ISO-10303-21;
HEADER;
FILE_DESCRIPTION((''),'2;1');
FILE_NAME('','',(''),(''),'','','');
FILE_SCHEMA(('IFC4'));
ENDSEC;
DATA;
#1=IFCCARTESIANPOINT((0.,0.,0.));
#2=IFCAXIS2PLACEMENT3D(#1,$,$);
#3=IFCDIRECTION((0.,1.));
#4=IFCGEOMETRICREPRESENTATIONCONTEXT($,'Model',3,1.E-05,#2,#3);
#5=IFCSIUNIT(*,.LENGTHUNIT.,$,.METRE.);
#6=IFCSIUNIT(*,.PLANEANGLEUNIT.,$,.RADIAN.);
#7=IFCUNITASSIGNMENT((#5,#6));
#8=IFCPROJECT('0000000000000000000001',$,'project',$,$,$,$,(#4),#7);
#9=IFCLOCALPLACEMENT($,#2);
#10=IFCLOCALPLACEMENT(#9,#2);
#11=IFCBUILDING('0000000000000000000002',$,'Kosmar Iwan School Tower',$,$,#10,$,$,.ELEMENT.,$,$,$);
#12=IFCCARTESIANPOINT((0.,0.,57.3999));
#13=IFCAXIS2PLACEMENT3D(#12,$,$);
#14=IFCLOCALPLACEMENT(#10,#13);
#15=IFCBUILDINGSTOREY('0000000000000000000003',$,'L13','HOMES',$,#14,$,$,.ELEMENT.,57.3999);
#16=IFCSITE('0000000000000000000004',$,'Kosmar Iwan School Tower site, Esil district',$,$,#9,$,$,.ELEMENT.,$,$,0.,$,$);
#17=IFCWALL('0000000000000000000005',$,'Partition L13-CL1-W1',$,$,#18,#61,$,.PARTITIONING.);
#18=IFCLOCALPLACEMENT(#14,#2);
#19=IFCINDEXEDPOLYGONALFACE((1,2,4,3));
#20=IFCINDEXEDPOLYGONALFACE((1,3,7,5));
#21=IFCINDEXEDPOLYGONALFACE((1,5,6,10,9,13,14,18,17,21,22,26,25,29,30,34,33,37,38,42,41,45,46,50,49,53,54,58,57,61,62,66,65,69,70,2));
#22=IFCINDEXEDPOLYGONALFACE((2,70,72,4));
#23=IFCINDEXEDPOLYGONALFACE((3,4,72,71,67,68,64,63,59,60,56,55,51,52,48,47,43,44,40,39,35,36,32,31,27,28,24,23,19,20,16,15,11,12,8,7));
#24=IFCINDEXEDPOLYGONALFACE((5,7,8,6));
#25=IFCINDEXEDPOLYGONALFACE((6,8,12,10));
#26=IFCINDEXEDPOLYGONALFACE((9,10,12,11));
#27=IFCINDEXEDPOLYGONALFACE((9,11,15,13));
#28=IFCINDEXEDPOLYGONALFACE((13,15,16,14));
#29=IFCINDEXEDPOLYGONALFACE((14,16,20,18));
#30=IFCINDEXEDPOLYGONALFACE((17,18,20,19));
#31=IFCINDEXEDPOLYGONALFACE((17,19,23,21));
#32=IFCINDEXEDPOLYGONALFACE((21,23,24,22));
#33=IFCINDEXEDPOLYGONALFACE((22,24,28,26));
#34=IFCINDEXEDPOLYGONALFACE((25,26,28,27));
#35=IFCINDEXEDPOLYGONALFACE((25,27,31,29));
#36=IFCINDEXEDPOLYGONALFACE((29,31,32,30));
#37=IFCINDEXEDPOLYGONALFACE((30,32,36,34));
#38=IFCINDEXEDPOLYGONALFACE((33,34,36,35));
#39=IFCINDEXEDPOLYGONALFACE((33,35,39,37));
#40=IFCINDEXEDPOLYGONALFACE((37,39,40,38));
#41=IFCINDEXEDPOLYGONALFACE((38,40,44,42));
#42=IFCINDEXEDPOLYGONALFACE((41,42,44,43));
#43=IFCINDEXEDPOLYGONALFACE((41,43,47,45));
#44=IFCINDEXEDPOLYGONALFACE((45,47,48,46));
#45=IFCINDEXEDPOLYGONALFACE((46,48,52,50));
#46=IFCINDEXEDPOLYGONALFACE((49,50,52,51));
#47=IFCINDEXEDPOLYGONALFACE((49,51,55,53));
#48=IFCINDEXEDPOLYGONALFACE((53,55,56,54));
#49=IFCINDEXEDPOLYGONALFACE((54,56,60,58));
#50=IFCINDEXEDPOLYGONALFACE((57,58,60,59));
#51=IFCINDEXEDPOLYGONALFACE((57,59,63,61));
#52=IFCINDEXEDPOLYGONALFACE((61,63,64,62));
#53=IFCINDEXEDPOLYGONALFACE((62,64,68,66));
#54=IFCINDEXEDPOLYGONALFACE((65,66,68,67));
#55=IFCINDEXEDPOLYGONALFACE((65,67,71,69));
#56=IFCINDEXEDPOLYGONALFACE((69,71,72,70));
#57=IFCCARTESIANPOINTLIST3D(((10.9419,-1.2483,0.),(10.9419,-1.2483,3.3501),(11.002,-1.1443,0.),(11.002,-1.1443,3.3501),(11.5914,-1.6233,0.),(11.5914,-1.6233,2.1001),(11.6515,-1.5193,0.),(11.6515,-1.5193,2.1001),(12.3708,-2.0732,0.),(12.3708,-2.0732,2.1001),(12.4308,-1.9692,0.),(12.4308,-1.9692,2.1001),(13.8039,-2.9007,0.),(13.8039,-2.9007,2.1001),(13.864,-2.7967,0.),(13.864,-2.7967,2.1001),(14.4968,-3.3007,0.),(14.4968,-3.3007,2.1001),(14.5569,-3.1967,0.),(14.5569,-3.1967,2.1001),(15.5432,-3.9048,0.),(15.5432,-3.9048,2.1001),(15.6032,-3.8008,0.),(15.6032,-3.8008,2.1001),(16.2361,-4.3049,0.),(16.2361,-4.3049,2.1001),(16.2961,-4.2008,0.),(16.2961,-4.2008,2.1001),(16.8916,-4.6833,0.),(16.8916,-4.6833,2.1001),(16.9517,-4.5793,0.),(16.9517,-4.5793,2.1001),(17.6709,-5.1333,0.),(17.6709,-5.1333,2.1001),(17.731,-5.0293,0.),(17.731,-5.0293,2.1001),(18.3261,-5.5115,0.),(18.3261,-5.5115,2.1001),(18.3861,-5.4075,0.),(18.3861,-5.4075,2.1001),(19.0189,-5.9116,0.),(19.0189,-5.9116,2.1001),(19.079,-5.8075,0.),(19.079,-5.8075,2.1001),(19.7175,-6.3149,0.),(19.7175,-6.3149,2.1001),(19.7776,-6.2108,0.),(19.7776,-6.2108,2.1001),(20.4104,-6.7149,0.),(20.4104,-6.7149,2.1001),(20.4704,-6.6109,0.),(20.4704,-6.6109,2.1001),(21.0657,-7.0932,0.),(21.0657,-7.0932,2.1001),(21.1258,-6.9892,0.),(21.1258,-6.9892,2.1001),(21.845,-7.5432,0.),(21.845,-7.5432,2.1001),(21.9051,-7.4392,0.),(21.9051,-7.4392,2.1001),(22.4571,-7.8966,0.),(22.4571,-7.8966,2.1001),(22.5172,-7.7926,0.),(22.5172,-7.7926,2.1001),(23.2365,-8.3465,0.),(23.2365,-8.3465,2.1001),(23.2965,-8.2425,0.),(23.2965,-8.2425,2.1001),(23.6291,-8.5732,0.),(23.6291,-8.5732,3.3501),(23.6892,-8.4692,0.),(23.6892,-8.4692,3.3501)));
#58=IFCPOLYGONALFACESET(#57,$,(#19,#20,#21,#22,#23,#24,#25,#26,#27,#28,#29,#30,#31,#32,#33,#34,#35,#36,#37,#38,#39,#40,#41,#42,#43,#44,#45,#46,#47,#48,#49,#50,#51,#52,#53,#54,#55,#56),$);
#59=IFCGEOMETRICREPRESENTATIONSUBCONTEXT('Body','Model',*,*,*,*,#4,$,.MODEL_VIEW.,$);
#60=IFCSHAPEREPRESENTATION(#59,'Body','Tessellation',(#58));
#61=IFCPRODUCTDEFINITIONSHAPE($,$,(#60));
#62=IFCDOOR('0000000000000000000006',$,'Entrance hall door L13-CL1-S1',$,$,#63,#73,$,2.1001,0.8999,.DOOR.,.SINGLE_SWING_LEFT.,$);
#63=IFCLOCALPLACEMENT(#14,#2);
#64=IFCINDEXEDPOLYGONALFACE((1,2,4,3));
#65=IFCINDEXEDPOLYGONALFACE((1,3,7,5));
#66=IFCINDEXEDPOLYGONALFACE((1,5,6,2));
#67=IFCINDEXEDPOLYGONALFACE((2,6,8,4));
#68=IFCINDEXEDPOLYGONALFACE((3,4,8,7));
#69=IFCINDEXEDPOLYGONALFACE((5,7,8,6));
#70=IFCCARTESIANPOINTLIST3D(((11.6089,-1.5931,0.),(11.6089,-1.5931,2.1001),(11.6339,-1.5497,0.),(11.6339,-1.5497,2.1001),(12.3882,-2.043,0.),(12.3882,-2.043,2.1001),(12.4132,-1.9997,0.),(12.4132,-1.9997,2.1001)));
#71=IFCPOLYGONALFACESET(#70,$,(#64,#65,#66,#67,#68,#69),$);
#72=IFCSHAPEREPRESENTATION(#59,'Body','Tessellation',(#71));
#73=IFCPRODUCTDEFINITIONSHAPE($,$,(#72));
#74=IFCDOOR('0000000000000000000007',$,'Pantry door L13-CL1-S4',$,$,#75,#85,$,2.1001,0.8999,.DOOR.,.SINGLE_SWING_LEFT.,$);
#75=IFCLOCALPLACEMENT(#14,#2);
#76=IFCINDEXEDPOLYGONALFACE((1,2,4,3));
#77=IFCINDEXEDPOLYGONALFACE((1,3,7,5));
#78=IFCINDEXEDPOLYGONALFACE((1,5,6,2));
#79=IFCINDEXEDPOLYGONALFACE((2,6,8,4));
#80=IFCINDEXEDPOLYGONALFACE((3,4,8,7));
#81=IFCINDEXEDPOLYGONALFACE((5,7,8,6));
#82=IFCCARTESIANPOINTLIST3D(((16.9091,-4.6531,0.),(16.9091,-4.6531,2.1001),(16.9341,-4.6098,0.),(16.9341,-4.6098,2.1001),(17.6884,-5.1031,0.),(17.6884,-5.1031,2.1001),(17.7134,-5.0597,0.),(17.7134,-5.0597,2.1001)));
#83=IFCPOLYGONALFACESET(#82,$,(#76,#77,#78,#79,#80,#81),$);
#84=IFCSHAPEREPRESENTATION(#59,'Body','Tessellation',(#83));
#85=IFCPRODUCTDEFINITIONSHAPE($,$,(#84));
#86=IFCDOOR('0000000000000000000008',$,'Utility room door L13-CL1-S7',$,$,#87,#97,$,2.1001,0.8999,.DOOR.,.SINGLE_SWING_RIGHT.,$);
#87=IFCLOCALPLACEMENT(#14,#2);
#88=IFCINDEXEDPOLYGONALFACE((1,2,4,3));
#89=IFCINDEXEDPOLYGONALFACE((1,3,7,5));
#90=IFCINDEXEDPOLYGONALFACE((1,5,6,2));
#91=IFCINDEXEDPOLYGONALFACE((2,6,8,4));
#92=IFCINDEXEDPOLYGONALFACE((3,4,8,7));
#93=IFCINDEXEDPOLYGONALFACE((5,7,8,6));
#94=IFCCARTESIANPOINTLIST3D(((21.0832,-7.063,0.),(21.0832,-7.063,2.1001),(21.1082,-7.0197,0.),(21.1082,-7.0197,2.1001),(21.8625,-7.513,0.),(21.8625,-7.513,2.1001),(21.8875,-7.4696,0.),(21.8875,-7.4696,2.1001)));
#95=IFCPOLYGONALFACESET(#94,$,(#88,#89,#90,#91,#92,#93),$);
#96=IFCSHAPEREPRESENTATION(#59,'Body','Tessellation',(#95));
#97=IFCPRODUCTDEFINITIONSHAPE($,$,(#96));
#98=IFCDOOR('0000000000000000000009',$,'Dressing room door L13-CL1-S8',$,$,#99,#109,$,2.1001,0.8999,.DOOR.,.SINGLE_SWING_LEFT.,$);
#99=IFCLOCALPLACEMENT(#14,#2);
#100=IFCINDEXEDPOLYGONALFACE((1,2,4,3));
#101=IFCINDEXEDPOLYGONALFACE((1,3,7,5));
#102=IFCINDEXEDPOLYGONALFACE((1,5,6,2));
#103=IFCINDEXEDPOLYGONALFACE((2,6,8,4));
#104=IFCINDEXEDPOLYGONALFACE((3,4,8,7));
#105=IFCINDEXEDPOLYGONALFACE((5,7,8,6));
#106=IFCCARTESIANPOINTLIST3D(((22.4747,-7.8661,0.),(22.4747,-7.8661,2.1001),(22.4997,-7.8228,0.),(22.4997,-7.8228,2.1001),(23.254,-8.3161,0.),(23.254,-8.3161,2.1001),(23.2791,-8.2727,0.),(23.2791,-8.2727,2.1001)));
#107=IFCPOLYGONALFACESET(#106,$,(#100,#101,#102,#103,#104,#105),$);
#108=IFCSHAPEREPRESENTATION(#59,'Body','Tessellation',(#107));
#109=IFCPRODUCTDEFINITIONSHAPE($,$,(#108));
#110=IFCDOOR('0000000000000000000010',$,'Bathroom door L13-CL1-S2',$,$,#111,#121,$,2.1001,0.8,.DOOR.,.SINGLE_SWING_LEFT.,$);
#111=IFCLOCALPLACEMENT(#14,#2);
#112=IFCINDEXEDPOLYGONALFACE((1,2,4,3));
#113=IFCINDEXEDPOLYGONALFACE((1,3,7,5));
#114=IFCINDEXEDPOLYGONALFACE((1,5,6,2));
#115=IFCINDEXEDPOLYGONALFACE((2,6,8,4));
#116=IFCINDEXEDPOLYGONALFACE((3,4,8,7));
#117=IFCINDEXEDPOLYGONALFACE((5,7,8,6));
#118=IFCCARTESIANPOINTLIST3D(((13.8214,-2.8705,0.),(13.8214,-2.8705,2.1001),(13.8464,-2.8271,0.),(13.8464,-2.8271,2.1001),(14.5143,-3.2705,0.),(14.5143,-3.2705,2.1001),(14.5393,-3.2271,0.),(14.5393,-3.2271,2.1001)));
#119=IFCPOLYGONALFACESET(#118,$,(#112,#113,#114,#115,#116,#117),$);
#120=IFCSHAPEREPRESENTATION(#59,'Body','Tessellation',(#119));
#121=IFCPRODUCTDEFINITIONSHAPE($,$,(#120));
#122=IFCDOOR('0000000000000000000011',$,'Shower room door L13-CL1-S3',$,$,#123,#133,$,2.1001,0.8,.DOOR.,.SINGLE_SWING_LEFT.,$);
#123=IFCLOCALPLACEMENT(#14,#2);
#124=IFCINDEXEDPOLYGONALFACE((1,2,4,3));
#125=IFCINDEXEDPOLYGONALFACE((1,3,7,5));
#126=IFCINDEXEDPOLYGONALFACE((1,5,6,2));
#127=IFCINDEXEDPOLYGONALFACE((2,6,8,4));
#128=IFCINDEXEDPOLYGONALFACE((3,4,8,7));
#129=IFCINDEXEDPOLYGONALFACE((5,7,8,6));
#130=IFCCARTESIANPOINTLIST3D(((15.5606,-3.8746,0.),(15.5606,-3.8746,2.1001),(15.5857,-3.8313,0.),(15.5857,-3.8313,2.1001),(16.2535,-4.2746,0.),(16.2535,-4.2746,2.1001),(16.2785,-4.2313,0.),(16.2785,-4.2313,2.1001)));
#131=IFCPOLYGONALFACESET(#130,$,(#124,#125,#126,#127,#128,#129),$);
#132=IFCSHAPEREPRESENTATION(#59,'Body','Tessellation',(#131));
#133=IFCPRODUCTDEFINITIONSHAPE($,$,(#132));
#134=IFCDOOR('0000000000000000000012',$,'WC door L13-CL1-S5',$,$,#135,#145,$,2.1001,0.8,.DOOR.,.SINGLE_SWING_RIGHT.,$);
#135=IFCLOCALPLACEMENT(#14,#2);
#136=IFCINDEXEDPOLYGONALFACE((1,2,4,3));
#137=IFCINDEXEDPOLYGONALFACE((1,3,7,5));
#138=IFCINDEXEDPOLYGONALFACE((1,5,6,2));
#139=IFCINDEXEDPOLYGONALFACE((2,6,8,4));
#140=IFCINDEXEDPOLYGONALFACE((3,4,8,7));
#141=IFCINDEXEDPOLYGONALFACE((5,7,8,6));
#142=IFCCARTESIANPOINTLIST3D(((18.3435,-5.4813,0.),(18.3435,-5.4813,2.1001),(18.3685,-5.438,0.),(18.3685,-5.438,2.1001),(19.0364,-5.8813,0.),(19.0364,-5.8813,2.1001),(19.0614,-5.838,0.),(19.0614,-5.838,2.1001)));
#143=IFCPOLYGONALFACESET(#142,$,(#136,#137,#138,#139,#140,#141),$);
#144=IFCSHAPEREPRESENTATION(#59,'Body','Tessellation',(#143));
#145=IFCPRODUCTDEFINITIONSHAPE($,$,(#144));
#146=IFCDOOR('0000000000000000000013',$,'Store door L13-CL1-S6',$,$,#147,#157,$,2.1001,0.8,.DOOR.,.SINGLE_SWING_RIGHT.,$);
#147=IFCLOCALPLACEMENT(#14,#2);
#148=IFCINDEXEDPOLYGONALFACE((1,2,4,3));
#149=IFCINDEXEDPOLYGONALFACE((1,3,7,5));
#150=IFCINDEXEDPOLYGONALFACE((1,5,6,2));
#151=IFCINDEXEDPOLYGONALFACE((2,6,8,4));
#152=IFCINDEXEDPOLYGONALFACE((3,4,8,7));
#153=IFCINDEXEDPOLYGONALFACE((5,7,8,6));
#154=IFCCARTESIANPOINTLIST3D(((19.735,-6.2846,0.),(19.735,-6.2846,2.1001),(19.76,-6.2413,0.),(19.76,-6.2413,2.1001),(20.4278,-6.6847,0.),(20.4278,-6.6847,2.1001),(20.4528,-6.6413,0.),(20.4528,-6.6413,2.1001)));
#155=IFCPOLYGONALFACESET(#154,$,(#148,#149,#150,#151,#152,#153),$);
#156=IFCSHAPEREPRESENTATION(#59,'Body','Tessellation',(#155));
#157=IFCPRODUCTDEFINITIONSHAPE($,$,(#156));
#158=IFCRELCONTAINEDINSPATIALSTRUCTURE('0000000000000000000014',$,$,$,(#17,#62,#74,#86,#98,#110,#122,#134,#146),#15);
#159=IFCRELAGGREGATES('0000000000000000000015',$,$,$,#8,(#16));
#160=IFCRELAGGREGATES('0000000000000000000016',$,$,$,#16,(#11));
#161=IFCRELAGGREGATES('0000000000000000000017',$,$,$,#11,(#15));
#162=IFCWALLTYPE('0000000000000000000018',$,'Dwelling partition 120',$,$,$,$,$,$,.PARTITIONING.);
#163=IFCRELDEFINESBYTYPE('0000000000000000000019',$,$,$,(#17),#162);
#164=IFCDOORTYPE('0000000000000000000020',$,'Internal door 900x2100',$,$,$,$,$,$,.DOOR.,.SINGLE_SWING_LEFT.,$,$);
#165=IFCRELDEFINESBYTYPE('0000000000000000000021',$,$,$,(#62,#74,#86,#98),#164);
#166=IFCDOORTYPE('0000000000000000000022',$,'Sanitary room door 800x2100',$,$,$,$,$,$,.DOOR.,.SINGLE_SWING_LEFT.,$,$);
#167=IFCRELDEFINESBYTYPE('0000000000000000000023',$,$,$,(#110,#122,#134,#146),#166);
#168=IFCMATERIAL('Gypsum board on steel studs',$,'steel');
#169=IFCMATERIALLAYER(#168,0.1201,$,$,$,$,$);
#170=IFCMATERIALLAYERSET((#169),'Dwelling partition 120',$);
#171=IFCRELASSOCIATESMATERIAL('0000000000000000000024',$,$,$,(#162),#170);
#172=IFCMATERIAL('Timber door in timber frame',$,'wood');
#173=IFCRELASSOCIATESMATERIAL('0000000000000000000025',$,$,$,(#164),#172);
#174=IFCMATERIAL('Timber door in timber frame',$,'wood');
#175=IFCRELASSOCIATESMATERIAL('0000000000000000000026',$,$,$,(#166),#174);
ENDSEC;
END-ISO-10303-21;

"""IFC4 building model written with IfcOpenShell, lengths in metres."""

from ifc_helpers import new_model, si_unit, direction, frame, frame_2d, origin, place, context, subcontext, project, spatial, rectangle, extrude, material, layer, layer_set, type_object, element, fill, save


model = new_model("IFC4")

# Units and contexts
model_context = context("Model", 3, precision=1e-05, world=origin(), true_north=direction((0.0, 1.0)))
body_context = subcontext(model_context, "Body", "Model", "MODEL_VIEW")
ifc_project = project(units=[si_unit("LENGTHUNIT", "METRE"), si_unit("PLANEANGLEUNIT", "RADIAN")], contexts=[model_context])

# Site, building, storey
site_placement = place(None, origin())
site = spatial("IfcSite", under=ifc_project, at=site_placement, Name="Kosmar Iwan School Tower site, Esil district", CompositionType="ELEMENT", RefElevation=0.0)
building_placement = place(site_placement, origin())
building = spatial("IfcBuilding", under=site, at=building_placement, Name="Kosmar Iwan School Tower", CompositionType="ELEMENT")
storey_placement = place(building_placement, frame((0.0, 0.0, 57.3999)))
storey = spatial("IfcBuildingStorey", under=building, at=storey_placement, Name="L13", Description="HOMES", CompositionType="ELEMENT", Elevation=57.3999)

# Wall, openings, doors
ifc_material_1 = material(Name="Gypsum board on steel studs", Category="steel")
ifc_layer_1 = layer(ifc_material_1, 0.1201)
ifc_layer_set_1 = layer_set([ifc_layer_1], Name="Dwelling partition 120")
wall_type_1 = type_object("IfcWallType", Name="Dwelling partition 120", PredefinedType="PARTITIONING", material=ifc_layer_set_1)
wall_1_placement = place(storey_placement, frame((10.9719, -1.1963, 0.0), z_axis=(0.0, 0.0, 1.0), x_axis=(0.866027, -0.499998, 0.0)))
wall_1 = element("IfcWall", 1, at=wall_1_placement, inside=storey, type_object=wall_type_1, Name="Partition L13-CL1-W1", PredefinedType="PARTITIONING", context=body_context, shape_type="SweptSolid", body=[
    extrude(rectangle(XDim=14.6499, YDim=0.1201, at=frame_2d((7.325, 0.0))), origin(), (0.0, 0.0, 1.0), 3.3501),
])
opening_1_placement = place(wall_1_placement, frame((0.75, 0.0, 0.0)))
opening_1 = element("IfcOpeningElement", 2, at=opening_1_placement, cuts=wall_1, PredefinedType="OPENING", context=body_context, shape_type="SweptSolid", body=[
    extrude(rectangle(XDim=0.8999, YDim=2.1001, at=frame_2d((0.45, 1.05))), frame((0.0, 0.072, 0.0), z_axis=(0.0, -1.0, 0.0), x_axis=(1.0, 0.0, 0.0)), (0.0, 0.0, 1.0), 0.144),
])
opening_2_placement = place(wall_1_placement, frame((3.3049, 0.0, 0.0)))
opening_2 = element("IfcOpeningElement", 3, at=opening_2_placement, cuts=wall_1, PredefinedType="OPENING", context=body_context, shape_type="SweptSolid", body=[
    extrude(rectangle(XDim=0.8, YDim=2.1001, at=frame_2d((0.3999, 1.05))), frame((0.0, 0.072, 0.0), z_axis=(0.0, -1.0, 0.0), x_axis=(1.0, 0.0, 0.0)), (0.0, 0.0, 1.0), 0.144),
])
opening_3_placement = place(wall_1_placement, frame((5.3132, 0.0, 0.0)))
opening_3 = element("IfcOpeningElement", 4, at=opening_3_placement, cuts=wall_1, PredefinedType="OPENING", context=body_context, shape_type="SweptSolid", body=[
    extrude(rectangle(XDim=0.8, YDim=2.1001, at=frame_2d((0.3999, 1.05))), frame((0.0, 0.072, 0.0), z_axis=(0.0, -1.0, 0.0), x_axis=(1.0, 0.0, 0.0)), (0.0, 0.0, 1.0), 0.144),
])
opening_4_placement = place(wall_1_placement, frame((6.8701, 0.0, 0.0)))
opening_4 = element("IfcOpeningElement", 5, at=opening_4_placement, cuts=wall_1, PredefinedType="OPENING", context=body_context, shape_type="SweptSolid", body=[
    extrude(rectangle(XDim=0.8999, YDim=2.1001, at=frame_2d((0.45, 1.05))), frame((0.0, 0.072, 0.0), z_axis=(0.0, -1.0, 0.0), x_axis=(1.0, 0.0, 0.0)), (0.0, 0.0, 1.0), 0.144),
])
opening_5_placement = place(wall_1_placement, frame((8.5266, 0.0, 0.0)))
opening_5 = element("IfcOpeningElement", 6, at=opening_5_placement, cuts=wall_1, PredefinedType="OPENING", context=body_context, shape_type="SweptSolid", body=[
    extrude(rectangle(XDim=0.8, YDim=2.1001, at=frame_2d((0.3999, 1.05))), frame((0.0, 0.072, 0.0), z_axis=(0.0, -1.0, 0.0), x_axis=(1.0, 0.0, 0.0)), (0.0, 0.0, 1.0), 0.144),
])
opening_6_placement = place(wall_1_placement, frame((10.1333, 0.0, 0.0)))
opening_6 = element("IfcOpeningElement", 7, at=opening_6_placement, cuts=wall_1, PredefinedType="OPENING", context=body_context, shape_type="SweptSolid", body=[
    extrude(rectangle(XDim=0.8, YDim=2.1001, at=frame_2d((0.3999, 1.05))), frame((0.0, 0.072, 0.0), z_axis=(0.0, -1.0, 0.0), x_axis=(1.0, 0.0, 0.0)), (0.0, 0.0, 1.0), 0.144),
])
opening_7_placement = place(wall_1_placement, frame((11.6899, 0.0, 0.0)))
opening_7 = element("IfcOpeningElement", 8, at=opening_7_placement, cuts=wall_1, PredefinedType="OPENING", context=body_context, shape_type="SweptSolid", body=[
    extrude(rectangle(XDim=0.8999, YDim=2.1001, at=frame_2d((0.45, 1.05))), frame((0.0, 0.072, 0.0), z_axis=(0.0, -1.0, 0.0), x_axis=(1.0, 0.0, 0.0)), (0.0, 0.0, 1.0), 0.144),
])
opening_8_placement = place(wall_1_placement, frame((13.2966, 0.0, 0.0)))
opening_8 = element("IfcOpeningElement", 9, at=opening_8_placement, cuts=wall_1, PredefinedType="OPENING", context=body_context, shape_type="SweptSolid", body=[
    extrude(rectangle(XDim=0.8999, YDim=2.1001, at=frame_2d((0.45, 1.05))), frame((0.0, 0.072, 0.0), z_axis=(0.0, -1.0, 0.0), x_axis=(1.0, 0.0, 0.0)), (0.0, 0.0, 1.0), 0.144),
])
ifc_material_2 = material(Name="Timber door in timber frame", Category="wood")
door_type_1 = type_object("IfcDoorType", Name="Internal door 900x2100", OperationType="SINGLE_SWING_LEFT", PredefinedType="DOOR", material=ifc_material_2)
door_1_placement = place(opening_1_placement, origin())
door_1 = element("IfcDoor", 10, at=door_1_placement, inside=storey, type_object=door_type_1, Name="Entrance hall door L13-CL1-S1", OperationType="SINGLE_SWING_LEFT", OverallHeight=2.1001, OverallWidth=0.8999, PredefinedType="DOOR", context=body_context, shape_type="SweptSolid", body=[
    extrude(rectangle(XDim=0.8999, YDim=2.1001, at=frame_2d((0.45, 1.05))), frame((0.0, 0.0249, 0.0), z_axis=(0.0, -1.0, 0.0), x_axis=(1.0, 0.0, 0.0)), (0.0, 0.0, 1.0), 0.05),
])
fill(opening_1, door_1)
door_2_placement = place(opening_4_placement, origin())
door_2 = element("IfcDoor", 11, at=door_2_placement, inside=storey, type_object=door_type_1, Name="Pantry door L13-CL1-S4", OperationType="SINGLE_SWING_LEFT", OverallHeight=2.1001, OverallWidth=0.8999, PredefinedType="DOOR", context=body_context, shape_type="SweptSolid", body=[
    extrude(rectangle(XDim=0.8999, YDim=2.1001, at=frame_2d((0.45, 1.05))), frame((0.0, 0.0249, 0.0), z_axis=(0.0, -1.0, 0.0), x_axis=(1.0, 0.0, 0.0)), (0.0, 0.0, 1.0), 0.05),
])
fill(opening_4, door_2)
door_3_placement = place(opening_7_placement, origin())
door_3 = element("IfcDoor", 12, at=door_3_placement, inside=storey, type_object=door_type_1, Name="Utility room door L13-CL1-S7", OperationType="SINGLE_SWING_RIGHT", OverallHeight=2.1001, OverallWidth=0.8999, PredefinedType="DOOR", context=body_context, shape_type="SweptSolid", body=[
    extrude(rectangle(XDim=0.8999, YDim=2.1001, at=frame_2d((0.45, 1.05))), frame((0.0, 0.0249, 0.0), z_axis=(0.0, -1.0, 0.0), x_axis=(1.0, 0.0, 0.0)), (0.0, 0.0, 1.0), 0.05),
])
fill(opening_7, door_3)
door_4_placement = place(opening_8_placement, frame((0.8999, 0.0, 0.0), z_axis=(0.0, 0.0, 1.0), x_axis=(-1.0, 0.0, 0.0)))
door_4 = element("IfcDoor", 13, at=door_4_placement, inside=storey, type_object=door_type_1, Name="Dressing room door L13-CL1-S8", OperationType="SINGLE_SWING_LEFT", OverallHeight=2.1001, OverallWidth=0.8999, PredefinedType="DOOR", context=body_context, shape_type="SweptSolid", body=[
    extrude(rectangle(XDim=0.8999, YDim=2.1001, at=frame_2d((0.45, 1.05))), frame((0.0, 0.0249, 0.0), z_axis=(0.0, -1.0, 0.0), x_axis=(1.0, 0.0, 0.0)), (0.0, 0.0, 1.0), 0.05),
])
fill(opening_8, door_4)
ifc_material_3 = material(Name="Timber door in timber frame", Category="wood")
door_type_2 = type_object("IfcDoorType", Name="Sanitary room door 800x2100", OperationType="SINGLE_SWING_LEFT", PredefinedType="DOOR", material=ifc_material_3)
door_5_placement = place(opening_2_placement, origin())
door_5 = element("IfcDoor", 14, at=door_5_placement, inside=storey, type_object=door_type_2, Name="Bathroom door L13-CL1-S2", OperationType="SINGLE_SWING_LEFT", OverallHeight=2.1001, OverallWidth=0.8, PredefinedType="DOOR", context=body_context, shape_type="SweptSolid", body=[
    extrude(rectangle(XDim=0.8, YDim=2.1001, at=frame_2d((0.3999, 1.05))), frame((0.0, 0.0249, 0.0), z_axis=(0.0, -1.0, 0.0), x_axis=(1.0, 0.0, 0.0)), (0.0, 0.0, 1.0), 0.05),
])
fill(opening_2, door_5)
door_6_placement = place(opening_3_placement, origin())
door_6 = element("IfcDoor", 15, at=door_6_placement, inside=storey, type_object=door_type_2, Name="Shower room door L13-CL1-S3", OperationType="SINGLE_SWING_LEFT", OverallHeight=2.1001, OverallWidth=0.8, PredefinedType="DOOR", context=body_context, shape_type="SweptSolid", body=[
    extrude(rectangle(XDim=0.8, YDim=2.1001, at=frame_2d((0.3999, 1.05))), frame((0.0, 0.0249, 0.0), z_axis=(0.0, -1.0, 0.0), x_axis=(1.0, 0.0, 0.0)), (0.0, 0.0, 1.0), 0.05),
])
fill(opening_3, door_6)
door_7_placement = place(opening_5_placement, origin())
door_7 = element("IfcDoor", 16, at=door_7_placement, inside=storey, type_object=door_type_2, Name="WC door L13-CL1-S5", OperationType="SINGLE_SWING_RIGHT", OverallHeight=2.1001, OverallWidth=0.8, PredefinedType="DOOR", context=body_context, shape_type="SweptSolid", body=[
    extrude(rectangle(XDim=0.8, YDim=2.1001, at=frame_2d((0.3999, 1.05))), frame((0.0, 0.0249, 0.0), z_axis=(0.0, -1.0, 0.0), x_axis=(1.0, 0.0, 0.0)), (0.0, 0.0, 1.0), 0.05),
])
fill(opening_5, door_7)
door_8_placement = place(opening_6_placement, origin())
door_8 = element("IfcDoor", 17, at=door_8_placement, inside=storey, type_object=door_type_2, Name="Store door L13-CL1-S6", OperationType="SINGLE_SWING_RIGHT", OverallHeight=2.1001, OverallWidth=0.8, PredefinedType="DOOR", context=body_context, shape_type="SweptSolid", body=[
    extrude(rectangle(XDim=0.8, YDim=2.1001, at=frame_2d((0.3999, 1.05))), frame((0.0, 0.0249, 0.0), z_axis=(0.0, -1.0, 0.0), x_axis=(1.0, 0.0, 0.0)), (0.0, 0.0, 1.0), 0.05),
])
fill(opening_6, door_8)

save(model, "model.ifc")
